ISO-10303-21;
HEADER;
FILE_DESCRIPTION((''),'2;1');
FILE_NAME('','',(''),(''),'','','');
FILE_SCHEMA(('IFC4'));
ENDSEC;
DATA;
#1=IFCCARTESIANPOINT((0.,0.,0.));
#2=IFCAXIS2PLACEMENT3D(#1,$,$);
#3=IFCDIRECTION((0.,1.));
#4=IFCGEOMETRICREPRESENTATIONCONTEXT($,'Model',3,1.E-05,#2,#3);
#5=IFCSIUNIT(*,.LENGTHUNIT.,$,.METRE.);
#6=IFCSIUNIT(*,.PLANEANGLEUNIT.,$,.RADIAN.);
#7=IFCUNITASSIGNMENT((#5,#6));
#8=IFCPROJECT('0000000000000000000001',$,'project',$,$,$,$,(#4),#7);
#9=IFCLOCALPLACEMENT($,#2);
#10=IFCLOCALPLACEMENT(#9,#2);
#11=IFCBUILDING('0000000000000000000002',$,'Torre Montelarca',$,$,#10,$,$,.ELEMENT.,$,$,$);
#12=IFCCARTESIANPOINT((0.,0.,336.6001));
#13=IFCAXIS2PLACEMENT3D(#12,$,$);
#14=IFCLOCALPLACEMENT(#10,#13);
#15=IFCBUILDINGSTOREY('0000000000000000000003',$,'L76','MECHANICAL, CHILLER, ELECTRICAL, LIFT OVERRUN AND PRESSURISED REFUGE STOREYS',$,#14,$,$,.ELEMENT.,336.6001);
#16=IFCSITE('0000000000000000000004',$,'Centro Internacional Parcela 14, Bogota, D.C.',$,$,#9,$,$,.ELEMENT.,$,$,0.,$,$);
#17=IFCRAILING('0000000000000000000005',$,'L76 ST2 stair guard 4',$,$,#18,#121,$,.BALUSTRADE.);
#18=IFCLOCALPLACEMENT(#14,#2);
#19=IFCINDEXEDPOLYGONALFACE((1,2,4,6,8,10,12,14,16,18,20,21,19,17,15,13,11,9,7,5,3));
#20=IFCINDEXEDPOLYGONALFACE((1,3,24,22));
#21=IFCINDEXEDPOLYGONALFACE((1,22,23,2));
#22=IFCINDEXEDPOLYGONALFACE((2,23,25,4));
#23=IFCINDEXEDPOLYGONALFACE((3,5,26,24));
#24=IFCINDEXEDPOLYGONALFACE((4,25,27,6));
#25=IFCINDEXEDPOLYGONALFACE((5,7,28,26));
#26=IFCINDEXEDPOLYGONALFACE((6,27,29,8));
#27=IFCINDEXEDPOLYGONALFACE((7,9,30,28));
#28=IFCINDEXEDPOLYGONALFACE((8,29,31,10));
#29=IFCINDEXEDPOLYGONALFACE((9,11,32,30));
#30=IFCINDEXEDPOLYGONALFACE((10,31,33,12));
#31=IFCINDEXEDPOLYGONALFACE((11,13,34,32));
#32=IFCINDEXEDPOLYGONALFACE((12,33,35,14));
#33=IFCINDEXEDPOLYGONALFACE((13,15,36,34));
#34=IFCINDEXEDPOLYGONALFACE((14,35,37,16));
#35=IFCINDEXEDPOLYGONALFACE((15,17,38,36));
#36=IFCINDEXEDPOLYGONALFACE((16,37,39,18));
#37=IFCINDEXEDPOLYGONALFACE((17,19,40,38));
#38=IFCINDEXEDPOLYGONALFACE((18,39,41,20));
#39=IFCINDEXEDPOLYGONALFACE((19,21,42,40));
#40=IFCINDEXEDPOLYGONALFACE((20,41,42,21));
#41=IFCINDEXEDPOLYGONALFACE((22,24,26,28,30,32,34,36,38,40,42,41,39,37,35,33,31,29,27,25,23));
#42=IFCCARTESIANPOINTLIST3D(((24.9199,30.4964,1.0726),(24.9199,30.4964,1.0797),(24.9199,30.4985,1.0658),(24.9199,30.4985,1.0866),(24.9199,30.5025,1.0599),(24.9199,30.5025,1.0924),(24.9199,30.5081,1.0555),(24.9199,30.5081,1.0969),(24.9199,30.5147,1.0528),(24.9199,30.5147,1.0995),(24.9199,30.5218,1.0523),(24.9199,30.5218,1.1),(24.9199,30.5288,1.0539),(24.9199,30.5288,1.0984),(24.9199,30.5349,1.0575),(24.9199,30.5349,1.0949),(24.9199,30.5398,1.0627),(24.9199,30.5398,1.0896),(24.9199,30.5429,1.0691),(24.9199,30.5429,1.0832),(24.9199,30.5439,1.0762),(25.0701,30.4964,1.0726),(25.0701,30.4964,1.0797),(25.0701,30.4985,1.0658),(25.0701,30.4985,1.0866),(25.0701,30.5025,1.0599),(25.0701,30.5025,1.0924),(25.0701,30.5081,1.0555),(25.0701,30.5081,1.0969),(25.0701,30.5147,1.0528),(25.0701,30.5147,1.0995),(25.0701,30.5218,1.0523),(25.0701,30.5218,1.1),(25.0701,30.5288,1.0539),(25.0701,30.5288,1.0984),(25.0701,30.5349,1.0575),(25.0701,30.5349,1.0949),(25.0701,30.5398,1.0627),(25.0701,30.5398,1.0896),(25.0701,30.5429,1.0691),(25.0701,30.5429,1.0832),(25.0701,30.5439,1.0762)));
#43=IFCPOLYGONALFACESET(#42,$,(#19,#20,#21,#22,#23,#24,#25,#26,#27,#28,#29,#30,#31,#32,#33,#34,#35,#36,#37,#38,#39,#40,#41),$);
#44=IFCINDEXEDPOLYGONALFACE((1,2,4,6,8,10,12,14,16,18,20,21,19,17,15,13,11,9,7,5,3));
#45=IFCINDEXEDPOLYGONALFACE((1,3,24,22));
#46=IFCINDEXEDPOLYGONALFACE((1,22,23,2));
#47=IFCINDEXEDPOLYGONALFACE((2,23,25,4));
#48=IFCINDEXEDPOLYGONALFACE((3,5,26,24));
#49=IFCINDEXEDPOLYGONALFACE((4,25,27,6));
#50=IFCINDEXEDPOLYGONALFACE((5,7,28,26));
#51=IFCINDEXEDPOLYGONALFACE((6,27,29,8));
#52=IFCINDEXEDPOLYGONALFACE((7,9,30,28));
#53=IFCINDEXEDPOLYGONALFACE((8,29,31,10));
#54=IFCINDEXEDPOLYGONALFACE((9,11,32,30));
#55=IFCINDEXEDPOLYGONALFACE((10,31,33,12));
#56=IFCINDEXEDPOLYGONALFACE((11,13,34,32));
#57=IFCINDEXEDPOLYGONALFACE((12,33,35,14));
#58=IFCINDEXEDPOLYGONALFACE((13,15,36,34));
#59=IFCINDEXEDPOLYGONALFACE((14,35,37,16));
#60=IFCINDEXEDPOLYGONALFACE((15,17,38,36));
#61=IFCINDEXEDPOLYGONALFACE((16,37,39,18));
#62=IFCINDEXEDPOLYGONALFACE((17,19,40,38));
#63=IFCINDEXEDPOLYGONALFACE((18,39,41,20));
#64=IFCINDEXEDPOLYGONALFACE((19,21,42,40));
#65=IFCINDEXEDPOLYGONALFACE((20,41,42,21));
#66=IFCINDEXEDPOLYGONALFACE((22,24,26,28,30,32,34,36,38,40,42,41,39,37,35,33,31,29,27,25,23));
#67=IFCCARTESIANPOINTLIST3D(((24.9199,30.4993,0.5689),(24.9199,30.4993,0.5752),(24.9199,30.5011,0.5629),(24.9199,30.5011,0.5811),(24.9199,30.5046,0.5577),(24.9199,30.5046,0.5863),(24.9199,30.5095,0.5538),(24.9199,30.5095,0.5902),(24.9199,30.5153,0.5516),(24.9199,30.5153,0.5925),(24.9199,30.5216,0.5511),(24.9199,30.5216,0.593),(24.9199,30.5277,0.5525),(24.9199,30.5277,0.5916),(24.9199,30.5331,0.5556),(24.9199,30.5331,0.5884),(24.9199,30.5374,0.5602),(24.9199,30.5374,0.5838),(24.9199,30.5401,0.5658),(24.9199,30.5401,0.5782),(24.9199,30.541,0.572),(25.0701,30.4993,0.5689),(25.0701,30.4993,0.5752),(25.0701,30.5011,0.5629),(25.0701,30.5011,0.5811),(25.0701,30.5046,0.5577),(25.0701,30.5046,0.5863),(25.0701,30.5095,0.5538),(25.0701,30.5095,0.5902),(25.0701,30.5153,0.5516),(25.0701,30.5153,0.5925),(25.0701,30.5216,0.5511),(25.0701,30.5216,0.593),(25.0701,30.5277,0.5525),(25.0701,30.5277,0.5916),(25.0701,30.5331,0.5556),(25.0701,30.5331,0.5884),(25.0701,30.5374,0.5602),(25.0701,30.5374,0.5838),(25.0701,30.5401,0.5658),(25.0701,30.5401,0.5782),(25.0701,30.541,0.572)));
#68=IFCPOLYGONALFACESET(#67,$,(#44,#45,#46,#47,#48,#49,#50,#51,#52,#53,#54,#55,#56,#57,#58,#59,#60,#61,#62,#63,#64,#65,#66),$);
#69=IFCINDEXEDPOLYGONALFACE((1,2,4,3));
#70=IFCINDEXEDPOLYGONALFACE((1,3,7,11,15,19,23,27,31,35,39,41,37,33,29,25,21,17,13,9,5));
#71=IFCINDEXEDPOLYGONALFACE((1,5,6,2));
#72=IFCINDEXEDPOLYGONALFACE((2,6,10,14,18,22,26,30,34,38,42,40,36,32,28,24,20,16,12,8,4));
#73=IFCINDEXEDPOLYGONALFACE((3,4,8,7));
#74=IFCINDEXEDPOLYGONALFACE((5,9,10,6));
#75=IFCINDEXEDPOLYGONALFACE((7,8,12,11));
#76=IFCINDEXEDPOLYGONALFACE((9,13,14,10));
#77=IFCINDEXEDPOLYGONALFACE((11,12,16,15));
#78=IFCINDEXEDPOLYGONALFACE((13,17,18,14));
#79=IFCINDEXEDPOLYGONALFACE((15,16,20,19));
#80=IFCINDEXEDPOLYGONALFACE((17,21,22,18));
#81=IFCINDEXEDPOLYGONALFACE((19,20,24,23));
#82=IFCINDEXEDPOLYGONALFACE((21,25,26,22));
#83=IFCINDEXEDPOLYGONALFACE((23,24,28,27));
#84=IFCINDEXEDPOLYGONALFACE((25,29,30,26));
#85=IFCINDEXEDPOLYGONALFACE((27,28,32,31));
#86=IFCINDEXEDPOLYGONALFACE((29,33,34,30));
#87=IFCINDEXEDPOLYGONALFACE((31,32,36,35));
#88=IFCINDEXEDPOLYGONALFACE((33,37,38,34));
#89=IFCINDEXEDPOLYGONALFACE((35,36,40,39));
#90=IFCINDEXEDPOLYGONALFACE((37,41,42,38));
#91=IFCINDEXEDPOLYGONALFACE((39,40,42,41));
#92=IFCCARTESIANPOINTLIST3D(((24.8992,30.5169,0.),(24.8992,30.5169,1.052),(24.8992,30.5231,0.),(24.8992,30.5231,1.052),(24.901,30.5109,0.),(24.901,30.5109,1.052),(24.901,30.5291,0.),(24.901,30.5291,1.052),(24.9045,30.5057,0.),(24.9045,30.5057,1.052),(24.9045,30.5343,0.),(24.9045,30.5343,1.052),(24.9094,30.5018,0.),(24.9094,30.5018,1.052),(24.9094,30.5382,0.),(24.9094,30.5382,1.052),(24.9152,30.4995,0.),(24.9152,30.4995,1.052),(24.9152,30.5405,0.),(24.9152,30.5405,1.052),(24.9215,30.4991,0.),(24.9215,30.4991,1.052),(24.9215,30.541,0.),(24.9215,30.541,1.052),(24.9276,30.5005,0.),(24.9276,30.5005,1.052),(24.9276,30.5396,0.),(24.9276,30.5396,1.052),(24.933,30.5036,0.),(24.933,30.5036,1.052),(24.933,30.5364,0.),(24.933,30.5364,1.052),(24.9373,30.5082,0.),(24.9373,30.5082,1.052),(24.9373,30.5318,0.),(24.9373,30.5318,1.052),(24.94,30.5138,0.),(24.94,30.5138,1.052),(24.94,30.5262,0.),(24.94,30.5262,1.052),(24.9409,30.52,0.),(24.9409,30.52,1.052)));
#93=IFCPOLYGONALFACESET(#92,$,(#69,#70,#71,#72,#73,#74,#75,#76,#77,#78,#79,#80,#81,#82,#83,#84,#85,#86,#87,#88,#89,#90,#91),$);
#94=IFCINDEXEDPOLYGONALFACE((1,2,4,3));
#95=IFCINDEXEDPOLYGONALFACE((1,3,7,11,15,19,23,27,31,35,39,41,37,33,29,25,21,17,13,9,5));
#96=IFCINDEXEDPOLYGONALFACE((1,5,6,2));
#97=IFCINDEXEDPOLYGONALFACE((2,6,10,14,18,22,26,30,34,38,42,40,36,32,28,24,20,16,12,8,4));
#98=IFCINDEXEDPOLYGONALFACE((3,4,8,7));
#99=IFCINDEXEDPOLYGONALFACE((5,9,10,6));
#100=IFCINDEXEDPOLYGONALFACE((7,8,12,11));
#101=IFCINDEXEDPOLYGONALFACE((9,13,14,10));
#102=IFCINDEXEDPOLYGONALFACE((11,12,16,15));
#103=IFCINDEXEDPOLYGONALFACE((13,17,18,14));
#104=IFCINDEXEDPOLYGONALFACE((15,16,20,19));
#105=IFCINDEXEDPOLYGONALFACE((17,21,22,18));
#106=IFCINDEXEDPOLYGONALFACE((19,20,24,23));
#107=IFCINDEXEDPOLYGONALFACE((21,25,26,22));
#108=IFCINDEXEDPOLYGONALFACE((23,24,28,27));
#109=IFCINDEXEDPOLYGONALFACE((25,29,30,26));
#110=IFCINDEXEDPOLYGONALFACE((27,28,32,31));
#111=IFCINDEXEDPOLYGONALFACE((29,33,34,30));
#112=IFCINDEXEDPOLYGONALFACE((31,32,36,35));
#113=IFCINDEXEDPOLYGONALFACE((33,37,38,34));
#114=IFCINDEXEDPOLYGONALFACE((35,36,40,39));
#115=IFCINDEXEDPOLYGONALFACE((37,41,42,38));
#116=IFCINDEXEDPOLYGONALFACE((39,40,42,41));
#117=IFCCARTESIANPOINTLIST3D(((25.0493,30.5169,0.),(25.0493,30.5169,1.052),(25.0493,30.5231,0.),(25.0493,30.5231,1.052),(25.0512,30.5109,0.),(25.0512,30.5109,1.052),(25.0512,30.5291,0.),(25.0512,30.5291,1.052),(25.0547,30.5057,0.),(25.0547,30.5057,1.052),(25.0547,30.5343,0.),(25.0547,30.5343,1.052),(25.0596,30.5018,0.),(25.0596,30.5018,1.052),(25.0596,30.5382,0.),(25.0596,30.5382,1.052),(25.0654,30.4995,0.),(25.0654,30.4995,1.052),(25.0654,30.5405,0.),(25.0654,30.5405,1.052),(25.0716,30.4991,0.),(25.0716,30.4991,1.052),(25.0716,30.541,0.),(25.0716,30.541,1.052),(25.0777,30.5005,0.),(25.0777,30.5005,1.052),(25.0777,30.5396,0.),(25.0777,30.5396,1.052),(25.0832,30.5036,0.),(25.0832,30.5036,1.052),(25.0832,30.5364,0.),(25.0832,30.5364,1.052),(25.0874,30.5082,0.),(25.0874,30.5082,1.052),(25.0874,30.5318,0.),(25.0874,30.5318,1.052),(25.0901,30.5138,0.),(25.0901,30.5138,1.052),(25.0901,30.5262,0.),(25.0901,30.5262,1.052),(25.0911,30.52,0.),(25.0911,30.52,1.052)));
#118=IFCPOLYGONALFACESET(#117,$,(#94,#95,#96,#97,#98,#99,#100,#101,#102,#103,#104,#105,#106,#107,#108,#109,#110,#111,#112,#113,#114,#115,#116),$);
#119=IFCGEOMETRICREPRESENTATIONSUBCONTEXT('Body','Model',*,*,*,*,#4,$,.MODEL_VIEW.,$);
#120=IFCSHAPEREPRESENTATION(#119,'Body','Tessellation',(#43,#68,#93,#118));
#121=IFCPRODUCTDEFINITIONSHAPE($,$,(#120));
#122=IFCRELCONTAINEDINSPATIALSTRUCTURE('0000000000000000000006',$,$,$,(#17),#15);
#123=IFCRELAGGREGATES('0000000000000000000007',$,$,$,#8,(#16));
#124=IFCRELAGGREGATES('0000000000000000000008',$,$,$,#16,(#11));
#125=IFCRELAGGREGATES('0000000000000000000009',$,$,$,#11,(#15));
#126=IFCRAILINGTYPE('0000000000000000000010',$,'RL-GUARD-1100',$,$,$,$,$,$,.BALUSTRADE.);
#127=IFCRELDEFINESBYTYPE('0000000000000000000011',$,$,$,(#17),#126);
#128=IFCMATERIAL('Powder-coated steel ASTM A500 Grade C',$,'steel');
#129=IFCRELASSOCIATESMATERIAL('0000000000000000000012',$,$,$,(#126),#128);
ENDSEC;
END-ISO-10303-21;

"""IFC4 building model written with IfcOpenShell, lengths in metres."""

from ifc_helpers import new_model, si_unit, direction, frame, origin, origin_2d, place, context, subcontext, project, spatial, circle, extrude, material, type_object, element, save


model = new_model("IFC4")

# Units and contexts
model_context = context("Model", 3, precision=1e-05, world=origin(), true_north=direction((0.0, 1.0)))
body_context = subcontext(model_context, "Body", "Model", "MODEL_VIEW")
ifc_project = project(units=[si_unit("LENGTHUNIT", "METRE"), si_unit("PLANEANGLEUNIT", "RADIAN")], contexts=[model_context])

# Site, building, storey
site_placement = place(None, origin())
site = spatial("IfcSite", under=ifc_project, at=site_placement, Name="Centro Internacional Parcela 14, Bogota, D.C.", CompositionType="ELEMENT", RefElevation=0.0)
building_placement = place(site_placement, origin())
building = spatial("IfcBuilding", under=site, at=building_placement, Name="Torre Montelarca", CompositionType="ELEMENT")
storey_placement = place(building_placement, frame((0.0, 0.0, 336.6001)))
storey = spatial("IfcBuildingStorey", under=building, at=storey_placement, Name="L76", Description="MECHANICAL, CHILLER, ELECTRICAL, LIFT OVERRUN AND PRESSURISED REFUGE STOREYS", CompositionType="ELEMENT", Elevation=336.6001)

# Railing
ifc_material_1 = material(Name="Powder-coated steel ASTM A500 Grade C", Category="steel")
railing_type_1 = type_object("IfcRailingType", Name="RL-GUARD-1100", PredefinedType="BALUSTRADE", material=ifc_material_1)
railing_1_placement = place(storey_placement, frame((24.9199, 30.52, 0.0)))
element("IfcRailing", 1, at=railing_1_placement, inside=storey, type_object=railing_type_1, Name="L76 ST2 stair guard 4", PredefinedType="BALUSTRADE", context=body_context, shape_type="SweptSolid", body=[
    extrude(circle(Radius=0.0239, at=origin_2d()), frame((0.0, 0.0, 1.0762), z_axis=(1.0, 0.0, 0.0), x_axis=(0.0, 1.0, 0.0)), (0.0, 0.0, 1.0), 0.1501),
    extrude(circle(Radius=0.021, at=origin_2d()), frame((0.0, 0.0, 0.572), z_axis=(1.0, 0.0, 0.0), x_axis=(0.0, 1.0, 0.0)), (0.0, 0.0, 1.0), 0.1501),
    extrude(circle(Radius=0.021, at=origin_2d()), origin(), (0.0, 0.0, 1.0), 1.052),
    extrude(circle(Radius=0.021, at=origin_2d()), frame((0.1501, 0.0, 0.0)), (0.0, 0.0, 1.0), 1.052),
])

save(model, "model.ifc")
